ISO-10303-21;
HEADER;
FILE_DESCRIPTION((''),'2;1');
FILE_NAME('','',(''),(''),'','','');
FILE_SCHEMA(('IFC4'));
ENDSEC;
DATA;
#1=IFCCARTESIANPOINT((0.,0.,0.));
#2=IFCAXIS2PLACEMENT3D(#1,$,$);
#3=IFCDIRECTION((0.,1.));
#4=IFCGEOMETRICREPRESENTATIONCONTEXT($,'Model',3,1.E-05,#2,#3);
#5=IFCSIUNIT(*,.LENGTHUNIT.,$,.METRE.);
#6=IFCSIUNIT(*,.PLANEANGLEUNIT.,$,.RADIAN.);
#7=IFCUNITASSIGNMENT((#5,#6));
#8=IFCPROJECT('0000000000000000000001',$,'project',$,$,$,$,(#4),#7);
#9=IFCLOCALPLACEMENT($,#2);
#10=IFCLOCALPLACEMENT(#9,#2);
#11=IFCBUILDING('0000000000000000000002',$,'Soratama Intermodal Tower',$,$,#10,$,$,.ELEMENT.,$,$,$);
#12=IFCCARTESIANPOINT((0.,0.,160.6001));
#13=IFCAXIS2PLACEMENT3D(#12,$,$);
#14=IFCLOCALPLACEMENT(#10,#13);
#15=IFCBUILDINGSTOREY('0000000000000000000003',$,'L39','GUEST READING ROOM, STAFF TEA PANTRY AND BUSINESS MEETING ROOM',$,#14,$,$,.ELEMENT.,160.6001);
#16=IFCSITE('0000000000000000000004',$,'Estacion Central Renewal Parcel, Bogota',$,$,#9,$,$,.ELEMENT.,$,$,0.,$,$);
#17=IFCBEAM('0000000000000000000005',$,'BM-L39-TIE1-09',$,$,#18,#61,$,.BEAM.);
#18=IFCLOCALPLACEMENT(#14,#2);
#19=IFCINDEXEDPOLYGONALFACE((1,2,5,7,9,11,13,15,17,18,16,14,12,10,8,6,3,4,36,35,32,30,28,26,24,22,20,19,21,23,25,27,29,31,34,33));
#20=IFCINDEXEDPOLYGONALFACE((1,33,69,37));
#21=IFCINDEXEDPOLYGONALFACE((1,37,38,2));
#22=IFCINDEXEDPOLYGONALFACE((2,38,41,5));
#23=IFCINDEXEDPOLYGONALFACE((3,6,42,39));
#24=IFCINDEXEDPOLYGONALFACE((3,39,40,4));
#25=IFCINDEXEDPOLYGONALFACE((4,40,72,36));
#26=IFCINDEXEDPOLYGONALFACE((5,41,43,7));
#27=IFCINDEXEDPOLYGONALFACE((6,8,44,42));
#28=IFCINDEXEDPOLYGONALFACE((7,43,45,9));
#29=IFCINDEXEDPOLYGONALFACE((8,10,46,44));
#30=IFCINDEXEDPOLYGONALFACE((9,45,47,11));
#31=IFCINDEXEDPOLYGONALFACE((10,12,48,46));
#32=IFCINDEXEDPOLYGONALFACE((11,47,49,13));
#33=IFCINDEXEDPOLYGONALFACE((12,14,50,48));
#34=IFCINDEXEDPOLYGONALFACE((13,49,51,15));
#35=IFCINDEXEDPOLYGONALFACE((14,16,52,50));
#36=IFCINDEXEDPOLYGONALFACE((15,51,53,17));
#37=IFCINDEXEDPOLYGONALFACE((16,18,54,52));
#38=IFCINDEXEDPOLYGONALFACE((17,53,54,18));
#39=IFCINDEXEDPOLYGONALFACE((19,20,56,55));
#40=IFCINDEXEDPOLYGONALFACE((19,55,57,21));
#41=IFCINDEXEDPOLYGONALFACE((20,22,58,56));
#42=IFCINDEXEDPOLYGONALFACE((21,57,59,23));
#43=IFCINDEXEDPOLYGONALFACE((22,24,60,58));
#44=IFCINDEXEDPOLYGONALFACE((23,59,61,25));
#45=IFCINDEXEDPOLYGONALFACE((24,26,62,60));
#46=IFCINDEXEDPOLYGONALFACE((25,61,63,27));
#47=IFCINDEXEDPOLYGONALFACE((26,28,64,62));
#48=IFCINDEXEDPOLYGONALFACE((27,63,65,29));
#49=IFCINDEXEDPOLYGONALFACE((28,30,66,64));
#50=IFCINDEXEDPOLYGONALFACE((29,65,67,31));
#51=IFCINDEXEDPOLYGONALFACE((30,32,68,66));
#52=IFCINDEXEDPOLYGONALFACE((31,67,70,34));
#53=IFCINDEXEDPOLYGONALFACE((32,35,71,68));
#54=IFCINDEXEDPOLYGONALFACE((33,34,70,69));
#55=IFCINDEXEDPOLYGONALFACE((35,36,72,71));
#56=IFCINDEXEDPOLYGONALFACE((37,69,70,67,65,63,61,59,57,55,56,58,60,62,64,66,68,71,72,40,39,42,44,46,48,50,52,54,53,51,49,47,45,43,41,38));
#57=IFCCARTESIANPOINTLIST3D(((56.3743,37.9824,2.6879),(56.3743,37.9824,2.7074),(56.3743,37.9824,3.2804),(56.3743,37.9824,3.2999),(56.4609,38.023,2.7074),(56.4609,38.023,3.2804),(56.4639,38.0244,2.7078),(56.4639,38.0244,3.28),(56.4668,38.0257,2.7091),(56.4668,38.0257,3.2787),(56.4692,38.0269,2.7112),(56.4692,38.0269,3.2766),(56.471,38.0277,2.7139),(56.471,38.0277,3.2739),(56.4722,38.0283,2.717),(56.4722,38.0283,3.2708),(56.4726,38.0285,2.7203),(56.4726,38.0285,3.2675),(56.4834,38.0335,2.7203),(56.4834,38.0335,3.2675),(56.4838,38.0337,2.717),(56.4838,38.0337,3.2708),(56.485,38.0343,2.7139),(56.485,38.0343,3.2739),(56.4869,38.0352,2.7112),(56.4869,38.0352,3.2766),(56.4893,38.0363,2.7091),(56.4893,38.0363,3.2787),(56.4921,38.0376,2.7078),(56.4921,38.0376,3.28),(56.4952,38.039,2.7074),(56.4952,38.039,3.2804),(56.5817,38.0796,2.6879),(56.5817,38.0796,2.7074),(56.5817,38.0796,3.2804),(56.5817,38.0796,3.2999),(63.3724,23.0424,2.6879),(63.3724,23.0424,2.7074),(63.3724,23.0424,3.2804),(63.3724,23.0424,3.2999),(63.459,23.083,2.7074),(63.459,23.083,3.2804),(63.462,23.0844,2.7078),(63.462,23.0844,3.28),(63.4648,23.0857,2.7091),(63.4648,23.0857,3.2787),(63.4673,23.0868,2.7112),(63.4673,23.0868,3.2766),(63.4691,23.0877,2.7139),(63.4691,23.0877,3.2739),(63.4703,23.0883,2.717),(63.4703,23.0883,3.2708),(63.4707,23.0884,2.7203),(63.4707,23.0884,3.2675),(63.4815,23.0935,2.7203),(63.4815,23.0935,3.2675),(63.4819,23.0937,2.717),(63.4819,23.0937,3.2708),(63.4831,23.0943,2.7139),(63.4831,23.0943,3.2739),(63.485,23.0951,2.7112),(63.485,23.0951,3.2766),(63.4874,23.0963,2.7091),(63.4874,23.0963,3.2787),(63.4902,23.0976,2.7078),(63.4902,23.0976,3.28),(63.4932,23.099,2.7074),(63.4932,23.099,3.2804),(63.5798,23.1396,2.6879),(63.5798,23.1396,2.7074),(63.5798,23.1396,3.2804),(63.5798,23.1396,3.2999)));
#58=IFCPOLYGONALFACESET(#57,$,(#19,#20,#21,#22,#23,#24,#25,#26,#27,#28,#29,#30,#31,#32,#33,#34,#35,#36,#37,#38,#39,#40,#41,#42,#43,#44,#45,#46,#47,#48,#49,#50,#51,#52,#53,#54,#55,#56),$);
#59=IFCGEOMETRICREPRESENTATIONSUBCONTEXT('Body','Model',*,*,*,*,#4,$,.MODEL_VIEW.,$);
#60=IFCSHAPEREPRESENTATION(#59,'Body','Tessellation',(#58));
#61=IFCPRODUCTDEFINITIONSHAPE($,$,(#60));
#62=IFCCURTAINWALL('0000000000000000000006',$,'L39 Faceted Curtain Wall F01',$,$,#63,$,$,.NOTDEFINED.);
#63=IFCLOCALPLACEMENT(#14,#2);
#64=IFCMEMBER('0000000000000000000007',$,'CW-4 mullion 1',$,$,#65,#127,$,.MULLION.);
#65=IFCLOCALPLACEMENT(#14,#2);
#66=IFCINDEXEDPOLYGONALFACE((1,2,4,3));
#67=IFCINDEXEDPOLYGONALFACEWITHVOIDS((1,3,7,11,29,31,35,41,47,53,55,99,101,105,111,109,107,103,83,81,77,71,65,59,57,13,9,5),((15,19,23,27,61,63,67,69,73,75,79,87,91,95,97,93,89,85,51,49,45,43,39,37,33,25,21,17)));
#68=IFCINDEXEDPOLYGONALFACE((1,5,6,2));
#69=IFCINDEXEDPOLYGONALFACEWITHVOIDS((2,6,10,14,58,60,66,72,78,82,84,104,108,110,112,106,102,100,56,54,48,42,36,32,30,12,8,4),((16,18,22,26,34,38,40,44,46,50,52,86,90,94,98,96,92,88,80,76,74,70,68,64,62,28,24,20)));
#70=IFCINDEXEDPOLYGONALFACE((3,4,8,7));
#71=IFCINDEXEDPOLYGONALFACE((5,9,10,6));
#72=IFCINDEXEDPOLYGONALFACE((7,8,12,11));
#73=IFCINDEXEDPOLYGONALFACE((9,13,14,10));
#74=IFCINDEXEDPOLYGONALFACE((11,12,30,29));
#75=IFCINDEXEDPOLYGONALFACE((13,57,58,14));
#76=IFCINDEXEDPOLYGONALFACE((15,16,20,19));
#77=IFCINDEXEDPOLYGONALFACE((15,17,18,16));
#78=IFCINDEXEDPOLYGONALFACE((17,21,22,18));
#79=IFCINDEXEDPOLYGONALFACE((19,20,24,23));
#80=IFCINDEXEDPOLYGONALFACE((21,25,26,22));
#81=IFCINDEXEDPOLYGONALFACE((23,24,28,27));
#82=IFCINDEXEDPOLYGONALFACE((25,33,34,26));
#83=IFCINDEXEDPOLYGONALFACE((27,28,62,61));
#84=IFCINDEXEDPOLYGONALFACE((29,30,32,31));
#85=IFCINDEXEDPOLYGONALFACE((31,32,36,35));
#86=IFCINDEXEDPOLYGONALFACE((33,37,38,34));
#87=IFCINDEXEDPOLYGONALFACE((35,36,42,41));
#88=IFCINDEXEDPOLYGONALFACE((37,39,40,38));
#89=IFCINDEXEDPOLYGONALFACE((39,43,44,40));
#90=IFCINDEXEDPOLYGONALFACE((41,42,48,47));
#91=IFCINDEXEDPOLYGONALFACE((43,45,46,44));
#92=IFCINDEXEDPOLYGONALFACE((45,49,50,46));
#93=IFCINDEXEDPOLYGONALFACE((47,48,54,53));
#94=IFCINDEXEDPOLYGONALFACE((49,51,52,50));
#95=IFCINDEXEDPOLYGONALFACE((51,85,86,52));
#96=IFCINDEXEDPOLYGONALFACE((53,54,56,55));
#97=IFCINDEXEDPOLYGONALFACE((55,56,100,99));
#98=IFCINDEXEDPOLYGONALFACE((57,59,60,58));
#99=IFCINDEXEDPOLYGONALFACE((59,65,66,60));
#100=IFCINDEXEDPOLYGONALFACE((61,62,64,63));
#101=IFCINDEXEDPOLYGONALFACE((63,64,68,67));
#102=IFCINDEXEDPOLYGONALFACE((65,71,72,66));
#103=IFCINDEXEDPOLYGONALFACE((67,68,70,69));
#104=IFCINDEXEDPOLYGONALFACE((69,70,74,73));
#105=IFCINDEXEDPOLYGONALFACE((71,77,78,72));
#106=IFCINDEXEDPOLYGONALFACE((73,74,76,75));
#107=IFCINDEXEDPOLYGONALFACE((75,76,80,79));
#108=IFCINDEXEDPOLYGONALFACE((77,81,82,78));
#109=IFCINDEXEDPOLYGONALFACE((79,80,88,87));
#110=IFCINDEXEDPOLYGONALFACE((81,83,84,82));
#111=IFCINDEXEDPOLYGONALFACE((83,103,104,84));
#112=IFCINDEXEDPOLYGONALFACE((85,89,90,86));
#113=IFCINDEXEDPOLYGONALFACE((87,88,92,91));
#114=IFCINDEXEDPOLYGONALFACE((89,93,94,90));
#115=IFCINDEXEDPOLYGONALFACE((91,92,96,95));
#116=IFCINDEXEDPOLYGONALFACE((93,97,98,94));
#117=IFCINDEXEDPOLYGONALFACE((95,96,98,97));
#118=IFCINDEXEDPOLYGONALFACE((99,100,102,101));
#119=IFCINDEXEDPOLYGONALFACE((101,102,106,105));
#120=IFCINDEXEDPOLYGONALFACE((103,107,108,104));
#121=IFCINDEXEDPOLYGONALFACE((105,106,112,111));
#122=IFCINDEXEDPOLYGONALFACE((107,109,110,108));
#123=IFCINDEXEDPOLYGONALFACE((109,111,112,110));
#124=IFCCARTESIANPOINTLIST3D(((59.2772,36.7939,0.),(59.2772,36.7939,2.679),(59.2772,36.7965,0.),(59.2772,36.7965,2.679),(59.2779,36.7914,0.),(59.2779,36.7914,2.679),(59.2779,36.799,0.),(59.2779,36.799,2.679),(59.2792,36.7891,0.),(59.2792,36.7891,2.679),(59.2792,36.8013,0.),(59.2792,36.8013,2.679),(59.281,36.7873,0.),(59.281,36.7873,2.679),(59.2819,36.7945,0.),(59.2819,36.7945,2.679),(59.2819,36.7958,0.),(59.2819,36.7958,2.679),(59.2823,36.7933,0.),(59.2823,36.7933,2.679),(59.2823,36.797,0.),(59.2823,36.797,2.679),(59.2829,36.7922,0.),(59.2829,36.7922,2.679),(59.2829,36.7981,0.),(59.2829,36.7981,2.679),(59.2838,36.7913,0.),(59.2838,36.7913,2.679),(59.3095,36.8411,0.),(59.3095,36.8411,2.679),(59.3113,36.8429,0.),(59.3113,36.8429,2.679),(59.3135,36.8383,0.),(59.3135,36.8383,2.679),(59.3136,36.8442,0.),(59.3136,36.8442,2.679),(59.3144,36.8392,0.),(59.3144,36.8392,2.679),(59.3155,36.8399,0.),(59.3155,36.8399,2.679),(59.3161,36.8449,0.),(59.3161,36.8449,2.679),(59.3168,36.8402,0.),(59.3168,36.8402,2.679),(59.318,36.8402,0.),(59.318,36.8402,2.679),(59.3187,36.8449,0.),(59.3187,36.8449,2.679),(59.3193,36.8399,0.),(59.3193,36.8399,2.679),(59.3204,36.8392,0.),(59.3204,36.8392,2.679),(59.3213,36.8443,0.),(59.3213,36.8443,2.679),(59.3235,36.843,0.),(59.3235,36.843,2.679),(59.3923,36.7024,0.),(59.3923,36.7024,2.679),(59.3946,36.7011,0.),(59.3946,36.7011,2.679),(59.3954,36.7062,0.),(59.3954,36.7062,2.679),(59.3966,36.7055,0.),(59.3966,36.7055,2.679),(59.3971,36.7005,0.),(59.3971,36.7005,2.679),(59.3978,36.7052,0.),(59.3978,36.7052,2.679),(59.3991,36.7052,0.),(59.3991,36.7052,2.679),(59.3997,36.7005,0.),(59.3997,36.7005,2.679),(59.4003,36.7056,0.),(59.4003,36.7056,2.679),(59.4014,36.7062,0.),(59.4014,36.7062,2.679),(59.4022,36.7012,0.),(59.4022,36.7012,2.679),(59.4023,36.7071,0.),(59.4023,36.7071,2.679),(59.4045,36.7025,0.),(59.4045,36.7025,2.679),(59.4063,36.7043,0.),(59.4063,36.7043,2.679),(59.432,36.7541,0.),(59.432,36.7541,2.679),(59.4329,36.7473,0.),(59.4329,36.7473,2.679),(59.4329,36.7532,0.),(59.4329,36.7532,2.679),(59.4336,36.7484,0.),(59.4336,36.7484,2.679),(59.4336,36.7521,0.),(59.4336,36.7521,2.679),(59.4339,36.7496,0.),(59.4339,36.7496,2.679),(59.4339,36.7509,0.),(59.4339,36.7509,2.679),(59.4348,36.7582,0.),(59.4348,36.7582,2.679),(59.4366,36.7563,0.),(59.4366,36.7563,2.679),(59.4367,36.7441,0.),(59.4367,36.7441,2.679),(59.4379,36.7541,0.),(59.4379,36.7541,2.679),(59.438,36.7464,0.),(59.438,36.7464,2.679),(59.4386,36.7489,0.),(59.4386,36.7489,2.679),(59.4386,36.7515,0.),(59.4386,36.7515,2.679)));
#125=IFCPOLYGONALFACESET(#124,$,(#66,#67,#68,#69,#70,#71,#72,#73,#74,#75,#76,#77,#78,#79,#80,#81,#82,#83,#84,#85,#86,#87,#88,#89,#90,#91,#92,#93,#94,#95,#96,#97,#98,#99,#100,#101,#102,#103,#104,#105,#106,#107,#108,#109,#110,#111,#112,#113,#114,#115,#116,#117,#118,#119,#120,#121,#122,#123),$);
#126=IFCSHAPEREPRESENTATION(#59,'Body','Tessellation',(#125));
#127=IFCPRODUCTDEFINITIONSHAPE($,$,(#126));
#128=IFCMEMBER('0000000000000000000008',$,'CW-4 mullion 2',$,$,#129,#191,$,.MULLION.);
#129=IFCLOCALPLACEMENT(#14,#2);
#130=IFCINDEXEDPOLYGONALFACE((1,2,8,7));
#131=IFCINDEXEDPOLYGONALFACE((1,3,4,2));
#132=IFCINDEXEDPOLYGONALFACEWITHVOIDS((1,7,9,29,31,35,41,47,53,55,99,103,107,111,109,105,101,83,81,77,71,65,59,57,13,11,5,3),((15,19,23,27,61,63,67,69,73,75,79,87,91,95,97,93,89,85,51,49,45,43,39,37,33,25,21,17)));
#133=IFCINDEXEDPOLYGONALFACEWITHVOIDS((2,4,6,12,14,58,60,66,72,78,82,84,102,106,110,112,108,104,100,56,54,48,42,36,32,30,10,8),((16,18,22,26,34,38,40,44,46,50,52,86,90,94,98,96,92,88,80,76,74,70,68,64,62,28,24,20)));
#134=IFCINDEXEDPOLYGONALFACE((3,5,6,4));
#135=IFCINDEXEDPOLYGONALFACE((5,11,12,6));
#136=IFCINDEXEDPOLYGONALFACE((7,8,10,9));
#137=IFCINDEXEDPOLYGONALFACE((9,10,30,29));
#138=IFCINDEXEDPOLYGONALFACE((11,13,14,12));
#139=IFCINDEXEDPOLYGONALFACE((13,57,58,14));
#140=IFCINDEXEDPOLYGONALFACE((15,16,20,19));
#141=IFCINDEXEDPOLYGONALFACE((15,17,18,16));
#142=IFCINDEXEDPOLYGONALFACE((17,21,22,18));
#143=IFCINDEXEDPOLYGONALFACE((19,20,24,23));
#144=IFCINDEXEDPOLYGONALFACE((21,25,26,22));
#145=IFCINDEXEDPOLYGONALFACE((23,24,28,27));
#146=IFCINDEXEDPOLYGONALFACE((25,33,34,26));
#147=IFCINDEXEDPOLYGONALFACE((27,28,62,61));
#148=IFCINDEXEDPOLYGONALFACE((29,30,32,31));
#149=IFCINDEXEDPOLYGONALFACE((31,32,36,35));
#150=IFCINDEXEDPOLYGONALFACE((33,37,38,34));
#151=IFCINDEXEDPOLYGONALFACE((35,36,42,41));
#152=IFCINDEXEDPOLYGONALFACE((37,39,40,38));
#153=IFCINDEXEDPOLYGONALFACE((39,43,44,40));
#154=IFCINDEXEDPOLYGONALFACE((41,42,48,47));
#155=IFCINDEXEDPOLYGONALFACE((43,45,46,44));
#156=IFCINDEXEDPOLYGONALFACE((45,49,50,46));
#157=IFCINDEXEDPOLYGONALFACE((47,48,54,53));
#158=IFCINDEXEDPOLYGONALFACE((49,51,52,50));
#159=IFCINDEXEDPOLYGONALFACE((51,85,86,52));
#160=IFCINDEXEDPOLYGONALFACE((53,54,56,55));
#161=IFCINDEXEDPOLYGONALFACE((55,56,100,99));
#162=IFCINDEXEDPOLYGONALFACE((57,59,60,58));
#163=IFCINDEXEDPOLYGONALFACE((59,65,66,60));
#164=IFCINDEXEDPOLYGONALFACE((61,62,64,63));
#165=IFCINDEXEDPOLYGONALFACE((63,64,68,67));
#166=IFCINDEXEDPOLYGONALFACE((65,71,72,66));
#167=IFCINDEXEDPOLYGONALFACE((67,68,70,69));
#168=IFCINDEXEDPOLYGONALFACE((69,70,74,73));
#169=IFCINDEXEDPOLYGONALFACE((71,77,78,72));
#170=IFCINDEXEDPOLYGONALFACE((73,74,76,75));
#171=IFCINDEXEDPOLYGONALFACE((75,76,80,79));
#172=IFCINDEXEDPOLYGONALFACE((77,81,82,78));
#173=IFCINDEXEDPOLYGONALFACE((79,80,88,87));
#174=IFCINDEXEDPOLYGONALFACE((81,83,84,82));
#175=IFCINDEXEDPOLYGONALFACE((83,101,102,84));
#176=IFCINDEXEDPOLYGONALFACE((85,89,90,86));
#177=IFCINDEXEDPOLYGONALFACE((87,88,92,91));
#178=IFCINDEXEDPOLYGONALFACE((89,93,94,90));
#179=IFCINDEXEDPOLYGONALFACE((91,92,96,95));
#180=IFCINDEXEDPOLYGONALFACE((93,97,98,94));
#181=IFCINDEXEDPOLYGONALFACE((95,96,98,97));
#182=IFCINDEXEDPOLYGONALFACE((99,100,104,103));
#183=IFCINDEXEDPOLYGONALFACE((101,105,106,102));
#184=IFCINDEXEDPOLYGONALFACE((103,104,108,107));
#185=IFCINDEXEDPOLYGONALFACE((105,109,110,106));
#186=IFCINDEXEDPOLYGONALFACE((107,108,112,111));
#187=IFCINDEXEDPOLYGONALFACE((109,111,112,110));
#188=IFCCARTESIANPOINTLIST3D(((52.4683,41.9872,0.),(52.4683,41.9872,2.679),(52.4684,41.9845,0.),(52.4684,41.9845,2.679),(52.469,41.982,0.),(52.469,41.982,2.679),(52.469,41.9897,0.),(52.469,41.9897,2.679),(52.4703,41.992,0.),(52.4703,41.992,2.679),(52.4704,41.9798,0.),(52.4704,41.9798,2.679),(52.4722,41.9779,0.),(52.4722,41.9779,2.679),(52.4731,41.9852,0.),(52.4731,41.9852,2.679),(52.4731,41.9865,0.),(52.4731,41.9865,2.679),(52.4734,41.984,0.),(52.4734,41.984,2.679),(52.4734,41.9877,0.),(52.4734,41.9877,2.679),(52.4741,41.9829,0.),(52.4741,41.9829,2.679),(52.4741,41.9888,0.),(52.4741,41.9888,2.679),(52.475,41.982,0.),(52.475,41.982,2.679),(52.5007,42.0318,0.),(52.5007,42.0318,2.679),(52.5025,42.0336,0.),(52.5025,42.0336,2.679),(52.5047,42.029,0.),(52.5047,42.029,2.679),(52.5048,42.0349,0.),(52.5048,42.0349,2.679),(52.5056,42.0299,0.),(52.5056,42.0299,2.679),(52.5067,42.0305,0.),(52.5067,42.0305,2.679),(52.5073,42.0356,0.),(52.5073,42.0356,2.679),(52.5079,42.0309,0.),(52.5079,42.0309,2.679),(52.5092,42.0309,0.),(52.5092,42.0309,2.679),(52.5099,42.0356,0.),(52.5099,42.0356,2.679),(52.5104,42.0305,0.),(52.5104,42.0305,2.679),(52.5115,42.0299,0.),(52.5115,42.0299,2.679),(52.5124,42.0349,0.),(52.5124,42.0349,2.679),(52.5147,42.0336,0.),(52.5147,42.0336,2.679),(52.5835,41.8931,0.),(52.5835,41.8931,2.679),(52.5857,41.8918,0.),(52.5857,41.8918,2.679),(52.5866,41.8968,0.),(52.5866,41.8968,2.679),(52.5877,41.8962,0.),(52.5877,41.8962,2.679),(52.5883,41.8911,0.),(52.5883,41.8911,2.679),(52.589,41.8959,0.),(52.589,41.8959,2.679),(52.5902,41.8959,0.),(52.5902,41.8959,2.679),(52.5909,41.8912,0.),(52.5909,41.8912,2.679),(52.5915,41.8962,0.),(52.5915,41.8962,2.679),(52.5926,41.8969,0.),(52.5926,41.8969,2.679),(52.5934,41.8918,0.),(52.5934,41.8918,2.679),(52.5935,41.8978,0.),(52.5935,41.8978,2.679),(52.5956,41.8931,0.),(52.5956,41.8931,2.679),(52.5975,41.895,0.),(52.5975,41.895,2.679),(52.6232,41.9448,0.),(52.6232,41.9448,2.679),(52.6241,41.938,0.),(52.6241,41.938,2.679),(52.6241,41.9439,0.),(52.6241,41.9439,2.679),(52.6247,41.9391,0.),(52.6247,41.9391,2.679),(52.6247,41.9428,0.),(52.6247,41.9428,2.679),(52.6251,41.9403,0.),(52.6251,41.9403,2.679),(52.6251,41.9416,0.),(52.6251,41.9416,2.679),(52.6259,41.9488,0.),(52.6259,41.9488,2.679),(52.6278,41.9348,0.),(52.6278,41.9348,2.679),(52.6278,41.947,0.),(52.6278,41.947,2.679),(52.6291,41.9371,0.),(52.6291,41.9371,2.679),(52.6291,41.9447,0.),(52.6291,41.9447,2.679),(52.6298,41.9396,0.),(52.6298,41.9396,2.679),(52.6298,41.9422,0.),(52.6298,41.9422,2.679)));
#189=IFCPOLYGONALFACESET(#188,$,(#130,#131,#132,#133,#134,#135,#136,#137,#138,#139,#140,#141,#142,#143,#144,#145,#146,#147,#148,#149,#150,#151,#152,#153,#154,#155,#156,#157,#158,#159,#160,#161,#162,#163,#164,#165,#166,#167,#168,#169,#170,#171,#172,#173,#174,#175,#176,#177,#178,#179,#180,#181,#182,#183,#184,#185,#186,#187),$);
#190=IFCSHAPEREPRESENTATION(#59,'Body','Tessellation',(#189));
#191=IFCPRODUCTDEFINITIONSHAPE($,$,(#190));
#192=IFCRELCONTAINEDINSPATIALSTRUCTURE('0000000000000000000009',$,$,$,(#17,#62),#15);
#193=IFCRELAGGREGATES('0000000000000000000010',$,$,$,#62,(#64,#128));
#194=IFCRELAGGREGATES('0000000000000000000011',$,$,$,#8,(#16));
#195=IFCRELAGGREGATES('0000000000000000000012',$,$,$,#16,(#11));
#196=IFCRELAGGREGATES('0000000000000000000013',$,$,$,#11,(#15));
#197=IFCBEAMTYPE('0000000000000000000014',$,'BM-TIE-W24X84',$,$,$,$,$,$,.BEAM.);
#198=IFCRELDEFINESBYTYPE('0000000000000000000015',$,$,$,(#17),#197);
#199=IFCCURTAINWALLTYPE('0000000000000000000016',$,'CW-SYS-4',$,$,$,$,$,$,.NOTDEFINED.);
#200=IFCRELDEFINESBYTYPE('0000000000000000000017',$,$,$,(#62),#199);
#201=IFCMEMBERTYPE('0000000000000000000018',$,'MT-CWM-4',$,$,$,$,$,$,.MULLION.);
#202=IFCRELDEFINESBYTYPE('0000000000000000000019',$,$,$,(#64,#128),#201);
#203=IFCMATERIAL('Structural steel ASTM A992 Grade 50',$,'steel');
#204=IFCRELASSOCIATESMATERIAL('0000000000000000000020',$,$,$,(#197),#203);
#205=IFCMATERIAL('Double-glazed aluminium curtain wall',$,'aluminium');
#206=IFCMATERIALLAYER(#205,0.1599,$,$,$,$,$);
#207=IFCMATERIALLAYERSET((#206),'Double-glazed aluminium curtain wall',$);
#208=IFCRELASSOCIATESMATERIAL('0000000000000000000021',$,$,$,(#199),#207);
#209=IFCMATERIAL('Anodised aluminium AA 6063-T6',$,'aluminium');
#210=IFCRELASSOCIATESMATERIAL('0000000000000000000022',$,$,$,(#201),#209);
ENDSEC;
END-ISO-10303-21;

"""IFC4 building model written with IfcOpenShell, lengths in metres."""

from ifc_helpers import new_model, si_unit, direction, frame, origin, origin_2d, place, context, subcontext, project, spatial, hollow_rectangle, i_section, extrude, material, layer, layer_set, material_profile, profile_set, type_object, element, aggregate, save


model = new_model("IFC4")

# Units and contexts
model_context = context("Model", 3, precision=1e-05, world=origin(), true_north=direction((0.0, 1.0)))
body_context = subcontext(model_context, "Body", "Model", "MODEL_VIEW")
ifc_project = project(units=[si_unit("LENGTHUNIT", "METRE"), si_unit("PLANEANGLEUNIT", "RADIAN")], contexts=[model_context])

# Site, building, storey
site_placement = place(None, origin())
site = spatial("IfcSite", under=ifc_project, at=site_placement, Name="Estacion Central Renewal Parcel, Bogota", CompositionType="ELEMENT", RefElevation=0.0)
building_placement = place(site_placement, origin())
building = spatial("IfcBuilding", under=site, at=building_placement, Name="Soratama Intermodal Tower", CompositionType="ELEMENT")
storey_placement = place(building_placement, frame((0.0, 0.0, 160.6001)))
storey = spatial("IfcBuildingStorey", under=building, at=storey_placement, Name="L39", Description="GUEST READING ROOM, STAFF TEA PANTRY AND BUSINESS MEETING ROOM", CompositionType="ELEMENT", Elevation=160.6001)

# Beam
ifc_material_1 = material(Name="Structural steel ASTM A992 Grade 50", Category="steel")
ifc_material_profile_1 = material_profile(ifc_material_1, i_section(OverallWidth=0.229, OverallDepth=0.6121, WebThickness=0.012, FlangeThickness=0.0195, FilletRadius=0.0129, at=origin_2d()), Name="W24X84")
ifc_profile_set_1 = profile_set([ifc_material_profile_1], Name="Structural steel ASTM A992 Grade 50")
beam_type_1 = type_object("IfcBeamType", Name="BM-TIE-W24X84", PredefinedType="BEAM", material=ifc_profile_set_1)
beam_1_placement = place(storey_placement, frame((56.478, 38.031, 2.9939), z_axis=(0.424183, -0.905577, 0.0), x_axis=(0.905577, 0.424183, 0.0)))
element("IfcBeam", 1, at=beam_1_placement, inside=storey, type_object=beam_type_1, Name="BM-L39-TIE1-09", PredefinedType="BEAM", context=body_context, shape_type="SweptSolid", body=[
    extrude(i_section(OverallWidth=0.229, OverallDepth=0.6121, WebThickness=0.012, FlangeThickness=0.0195, FilletRadius=0.0129, at=origin_2d()), origin(), (0.0, 0.0, 1.0), 16.4978),
])

# Curtain wall, members
ifc_material_2 = material(Name="Double-glazed aluminium curtain wall", Category="aluminium")
ifc_layer_1 = layer(ifc_material_2, 0.1599)
ifc_layer_set_1 = layer_set([ifc_layer_1], Name="Double-glazed aluminium curtain wall")
curtain_wall_type = type_object("IfcCurtainWallType", Name="CW-SYS-4", PredefinedType="NOTDEFINED", material=ifc_layer_set_1)
curtain_wall_placement = place(storey_placement, origin())
curtain_wall = element("IfcCurtainWall", 2, at=curtain_wall_placement, inside=storey, type_object=curtain_wall_type, Name="L39 Faceted Curtain Wall F01", PredefinedType="NOTDEFINED")
ifc_material_3 = material(Name="Anodised aluminium AA 6063-T6", Category="aluminium")
ifc_material_profile_2 = material_profile(ifc_material_3, hollow_rectangle(XDim=0.0701, YDim=0.1599, WallThickness=0.0049, InnerFilletRadius=0.0049, OuterFilletRadius=0.01, at=origin_2d()), Name="CWM160X70X5")
ifc_profile_set_2 = profile_set([ifc_material_profile_2], Name="Anodised aluminium AA 6063-T6")
member_type_1 = type_object("IfcMemberType", Name="MT-CWM-4", PredefinedType="MULLION", material=ifc_profile_set_2)
member_1_placement = place(storey_placement, frame((59.3579, 36.7727, 0.0), z_axis=(0.0, 0.0, 1.0), x_axis=(-0.606269, -0.79526, 0.0)))
member_1 = element("IfcMember", 3, at=member_1_placement, type_object=member_type_1, Name="CW-4 mullion 1", PredefinedType="MULLION", context=body_context, shape_type="SweptSolid", body=[
    extrude(hollow_rectangle(XDim=0.0701, YDim=0.1599, WallThickness=0.0049, InnerFilletRadius=0.0049, OuterFilletRadius=0.01, at=origin_2d()), origin(), (0.0, 0.0, 1.0), 2.679),
])
member_2_placement = place(storey_placement, frame((52.5491, 41.9634, 0.0), z_axis=(0.0, 0.0, 1.0), x_axis=(-0.606269, -0.79526, 0.0)))
member_2 = element("IfcMember", 4, at=member_2_placement, type_object=member_type_1, Name="CW-4 mullion 2", PredefinedType="MULLION", context=body_context, shape_type="SweptSolid", body=[
    extrude(hollow_rectangle(XDim=0.0701, YDim=0.1599, WallThickness=0.0049, InnerFilletRadius=0.0049, OuterFilletRadius=0.01, at=origin_2d()), origin(), (0.0, 0.0, 1.0), 2.679),
])
aggregate(curtain_wall, [member_1, member_2])

save(model, "model.ifc")
